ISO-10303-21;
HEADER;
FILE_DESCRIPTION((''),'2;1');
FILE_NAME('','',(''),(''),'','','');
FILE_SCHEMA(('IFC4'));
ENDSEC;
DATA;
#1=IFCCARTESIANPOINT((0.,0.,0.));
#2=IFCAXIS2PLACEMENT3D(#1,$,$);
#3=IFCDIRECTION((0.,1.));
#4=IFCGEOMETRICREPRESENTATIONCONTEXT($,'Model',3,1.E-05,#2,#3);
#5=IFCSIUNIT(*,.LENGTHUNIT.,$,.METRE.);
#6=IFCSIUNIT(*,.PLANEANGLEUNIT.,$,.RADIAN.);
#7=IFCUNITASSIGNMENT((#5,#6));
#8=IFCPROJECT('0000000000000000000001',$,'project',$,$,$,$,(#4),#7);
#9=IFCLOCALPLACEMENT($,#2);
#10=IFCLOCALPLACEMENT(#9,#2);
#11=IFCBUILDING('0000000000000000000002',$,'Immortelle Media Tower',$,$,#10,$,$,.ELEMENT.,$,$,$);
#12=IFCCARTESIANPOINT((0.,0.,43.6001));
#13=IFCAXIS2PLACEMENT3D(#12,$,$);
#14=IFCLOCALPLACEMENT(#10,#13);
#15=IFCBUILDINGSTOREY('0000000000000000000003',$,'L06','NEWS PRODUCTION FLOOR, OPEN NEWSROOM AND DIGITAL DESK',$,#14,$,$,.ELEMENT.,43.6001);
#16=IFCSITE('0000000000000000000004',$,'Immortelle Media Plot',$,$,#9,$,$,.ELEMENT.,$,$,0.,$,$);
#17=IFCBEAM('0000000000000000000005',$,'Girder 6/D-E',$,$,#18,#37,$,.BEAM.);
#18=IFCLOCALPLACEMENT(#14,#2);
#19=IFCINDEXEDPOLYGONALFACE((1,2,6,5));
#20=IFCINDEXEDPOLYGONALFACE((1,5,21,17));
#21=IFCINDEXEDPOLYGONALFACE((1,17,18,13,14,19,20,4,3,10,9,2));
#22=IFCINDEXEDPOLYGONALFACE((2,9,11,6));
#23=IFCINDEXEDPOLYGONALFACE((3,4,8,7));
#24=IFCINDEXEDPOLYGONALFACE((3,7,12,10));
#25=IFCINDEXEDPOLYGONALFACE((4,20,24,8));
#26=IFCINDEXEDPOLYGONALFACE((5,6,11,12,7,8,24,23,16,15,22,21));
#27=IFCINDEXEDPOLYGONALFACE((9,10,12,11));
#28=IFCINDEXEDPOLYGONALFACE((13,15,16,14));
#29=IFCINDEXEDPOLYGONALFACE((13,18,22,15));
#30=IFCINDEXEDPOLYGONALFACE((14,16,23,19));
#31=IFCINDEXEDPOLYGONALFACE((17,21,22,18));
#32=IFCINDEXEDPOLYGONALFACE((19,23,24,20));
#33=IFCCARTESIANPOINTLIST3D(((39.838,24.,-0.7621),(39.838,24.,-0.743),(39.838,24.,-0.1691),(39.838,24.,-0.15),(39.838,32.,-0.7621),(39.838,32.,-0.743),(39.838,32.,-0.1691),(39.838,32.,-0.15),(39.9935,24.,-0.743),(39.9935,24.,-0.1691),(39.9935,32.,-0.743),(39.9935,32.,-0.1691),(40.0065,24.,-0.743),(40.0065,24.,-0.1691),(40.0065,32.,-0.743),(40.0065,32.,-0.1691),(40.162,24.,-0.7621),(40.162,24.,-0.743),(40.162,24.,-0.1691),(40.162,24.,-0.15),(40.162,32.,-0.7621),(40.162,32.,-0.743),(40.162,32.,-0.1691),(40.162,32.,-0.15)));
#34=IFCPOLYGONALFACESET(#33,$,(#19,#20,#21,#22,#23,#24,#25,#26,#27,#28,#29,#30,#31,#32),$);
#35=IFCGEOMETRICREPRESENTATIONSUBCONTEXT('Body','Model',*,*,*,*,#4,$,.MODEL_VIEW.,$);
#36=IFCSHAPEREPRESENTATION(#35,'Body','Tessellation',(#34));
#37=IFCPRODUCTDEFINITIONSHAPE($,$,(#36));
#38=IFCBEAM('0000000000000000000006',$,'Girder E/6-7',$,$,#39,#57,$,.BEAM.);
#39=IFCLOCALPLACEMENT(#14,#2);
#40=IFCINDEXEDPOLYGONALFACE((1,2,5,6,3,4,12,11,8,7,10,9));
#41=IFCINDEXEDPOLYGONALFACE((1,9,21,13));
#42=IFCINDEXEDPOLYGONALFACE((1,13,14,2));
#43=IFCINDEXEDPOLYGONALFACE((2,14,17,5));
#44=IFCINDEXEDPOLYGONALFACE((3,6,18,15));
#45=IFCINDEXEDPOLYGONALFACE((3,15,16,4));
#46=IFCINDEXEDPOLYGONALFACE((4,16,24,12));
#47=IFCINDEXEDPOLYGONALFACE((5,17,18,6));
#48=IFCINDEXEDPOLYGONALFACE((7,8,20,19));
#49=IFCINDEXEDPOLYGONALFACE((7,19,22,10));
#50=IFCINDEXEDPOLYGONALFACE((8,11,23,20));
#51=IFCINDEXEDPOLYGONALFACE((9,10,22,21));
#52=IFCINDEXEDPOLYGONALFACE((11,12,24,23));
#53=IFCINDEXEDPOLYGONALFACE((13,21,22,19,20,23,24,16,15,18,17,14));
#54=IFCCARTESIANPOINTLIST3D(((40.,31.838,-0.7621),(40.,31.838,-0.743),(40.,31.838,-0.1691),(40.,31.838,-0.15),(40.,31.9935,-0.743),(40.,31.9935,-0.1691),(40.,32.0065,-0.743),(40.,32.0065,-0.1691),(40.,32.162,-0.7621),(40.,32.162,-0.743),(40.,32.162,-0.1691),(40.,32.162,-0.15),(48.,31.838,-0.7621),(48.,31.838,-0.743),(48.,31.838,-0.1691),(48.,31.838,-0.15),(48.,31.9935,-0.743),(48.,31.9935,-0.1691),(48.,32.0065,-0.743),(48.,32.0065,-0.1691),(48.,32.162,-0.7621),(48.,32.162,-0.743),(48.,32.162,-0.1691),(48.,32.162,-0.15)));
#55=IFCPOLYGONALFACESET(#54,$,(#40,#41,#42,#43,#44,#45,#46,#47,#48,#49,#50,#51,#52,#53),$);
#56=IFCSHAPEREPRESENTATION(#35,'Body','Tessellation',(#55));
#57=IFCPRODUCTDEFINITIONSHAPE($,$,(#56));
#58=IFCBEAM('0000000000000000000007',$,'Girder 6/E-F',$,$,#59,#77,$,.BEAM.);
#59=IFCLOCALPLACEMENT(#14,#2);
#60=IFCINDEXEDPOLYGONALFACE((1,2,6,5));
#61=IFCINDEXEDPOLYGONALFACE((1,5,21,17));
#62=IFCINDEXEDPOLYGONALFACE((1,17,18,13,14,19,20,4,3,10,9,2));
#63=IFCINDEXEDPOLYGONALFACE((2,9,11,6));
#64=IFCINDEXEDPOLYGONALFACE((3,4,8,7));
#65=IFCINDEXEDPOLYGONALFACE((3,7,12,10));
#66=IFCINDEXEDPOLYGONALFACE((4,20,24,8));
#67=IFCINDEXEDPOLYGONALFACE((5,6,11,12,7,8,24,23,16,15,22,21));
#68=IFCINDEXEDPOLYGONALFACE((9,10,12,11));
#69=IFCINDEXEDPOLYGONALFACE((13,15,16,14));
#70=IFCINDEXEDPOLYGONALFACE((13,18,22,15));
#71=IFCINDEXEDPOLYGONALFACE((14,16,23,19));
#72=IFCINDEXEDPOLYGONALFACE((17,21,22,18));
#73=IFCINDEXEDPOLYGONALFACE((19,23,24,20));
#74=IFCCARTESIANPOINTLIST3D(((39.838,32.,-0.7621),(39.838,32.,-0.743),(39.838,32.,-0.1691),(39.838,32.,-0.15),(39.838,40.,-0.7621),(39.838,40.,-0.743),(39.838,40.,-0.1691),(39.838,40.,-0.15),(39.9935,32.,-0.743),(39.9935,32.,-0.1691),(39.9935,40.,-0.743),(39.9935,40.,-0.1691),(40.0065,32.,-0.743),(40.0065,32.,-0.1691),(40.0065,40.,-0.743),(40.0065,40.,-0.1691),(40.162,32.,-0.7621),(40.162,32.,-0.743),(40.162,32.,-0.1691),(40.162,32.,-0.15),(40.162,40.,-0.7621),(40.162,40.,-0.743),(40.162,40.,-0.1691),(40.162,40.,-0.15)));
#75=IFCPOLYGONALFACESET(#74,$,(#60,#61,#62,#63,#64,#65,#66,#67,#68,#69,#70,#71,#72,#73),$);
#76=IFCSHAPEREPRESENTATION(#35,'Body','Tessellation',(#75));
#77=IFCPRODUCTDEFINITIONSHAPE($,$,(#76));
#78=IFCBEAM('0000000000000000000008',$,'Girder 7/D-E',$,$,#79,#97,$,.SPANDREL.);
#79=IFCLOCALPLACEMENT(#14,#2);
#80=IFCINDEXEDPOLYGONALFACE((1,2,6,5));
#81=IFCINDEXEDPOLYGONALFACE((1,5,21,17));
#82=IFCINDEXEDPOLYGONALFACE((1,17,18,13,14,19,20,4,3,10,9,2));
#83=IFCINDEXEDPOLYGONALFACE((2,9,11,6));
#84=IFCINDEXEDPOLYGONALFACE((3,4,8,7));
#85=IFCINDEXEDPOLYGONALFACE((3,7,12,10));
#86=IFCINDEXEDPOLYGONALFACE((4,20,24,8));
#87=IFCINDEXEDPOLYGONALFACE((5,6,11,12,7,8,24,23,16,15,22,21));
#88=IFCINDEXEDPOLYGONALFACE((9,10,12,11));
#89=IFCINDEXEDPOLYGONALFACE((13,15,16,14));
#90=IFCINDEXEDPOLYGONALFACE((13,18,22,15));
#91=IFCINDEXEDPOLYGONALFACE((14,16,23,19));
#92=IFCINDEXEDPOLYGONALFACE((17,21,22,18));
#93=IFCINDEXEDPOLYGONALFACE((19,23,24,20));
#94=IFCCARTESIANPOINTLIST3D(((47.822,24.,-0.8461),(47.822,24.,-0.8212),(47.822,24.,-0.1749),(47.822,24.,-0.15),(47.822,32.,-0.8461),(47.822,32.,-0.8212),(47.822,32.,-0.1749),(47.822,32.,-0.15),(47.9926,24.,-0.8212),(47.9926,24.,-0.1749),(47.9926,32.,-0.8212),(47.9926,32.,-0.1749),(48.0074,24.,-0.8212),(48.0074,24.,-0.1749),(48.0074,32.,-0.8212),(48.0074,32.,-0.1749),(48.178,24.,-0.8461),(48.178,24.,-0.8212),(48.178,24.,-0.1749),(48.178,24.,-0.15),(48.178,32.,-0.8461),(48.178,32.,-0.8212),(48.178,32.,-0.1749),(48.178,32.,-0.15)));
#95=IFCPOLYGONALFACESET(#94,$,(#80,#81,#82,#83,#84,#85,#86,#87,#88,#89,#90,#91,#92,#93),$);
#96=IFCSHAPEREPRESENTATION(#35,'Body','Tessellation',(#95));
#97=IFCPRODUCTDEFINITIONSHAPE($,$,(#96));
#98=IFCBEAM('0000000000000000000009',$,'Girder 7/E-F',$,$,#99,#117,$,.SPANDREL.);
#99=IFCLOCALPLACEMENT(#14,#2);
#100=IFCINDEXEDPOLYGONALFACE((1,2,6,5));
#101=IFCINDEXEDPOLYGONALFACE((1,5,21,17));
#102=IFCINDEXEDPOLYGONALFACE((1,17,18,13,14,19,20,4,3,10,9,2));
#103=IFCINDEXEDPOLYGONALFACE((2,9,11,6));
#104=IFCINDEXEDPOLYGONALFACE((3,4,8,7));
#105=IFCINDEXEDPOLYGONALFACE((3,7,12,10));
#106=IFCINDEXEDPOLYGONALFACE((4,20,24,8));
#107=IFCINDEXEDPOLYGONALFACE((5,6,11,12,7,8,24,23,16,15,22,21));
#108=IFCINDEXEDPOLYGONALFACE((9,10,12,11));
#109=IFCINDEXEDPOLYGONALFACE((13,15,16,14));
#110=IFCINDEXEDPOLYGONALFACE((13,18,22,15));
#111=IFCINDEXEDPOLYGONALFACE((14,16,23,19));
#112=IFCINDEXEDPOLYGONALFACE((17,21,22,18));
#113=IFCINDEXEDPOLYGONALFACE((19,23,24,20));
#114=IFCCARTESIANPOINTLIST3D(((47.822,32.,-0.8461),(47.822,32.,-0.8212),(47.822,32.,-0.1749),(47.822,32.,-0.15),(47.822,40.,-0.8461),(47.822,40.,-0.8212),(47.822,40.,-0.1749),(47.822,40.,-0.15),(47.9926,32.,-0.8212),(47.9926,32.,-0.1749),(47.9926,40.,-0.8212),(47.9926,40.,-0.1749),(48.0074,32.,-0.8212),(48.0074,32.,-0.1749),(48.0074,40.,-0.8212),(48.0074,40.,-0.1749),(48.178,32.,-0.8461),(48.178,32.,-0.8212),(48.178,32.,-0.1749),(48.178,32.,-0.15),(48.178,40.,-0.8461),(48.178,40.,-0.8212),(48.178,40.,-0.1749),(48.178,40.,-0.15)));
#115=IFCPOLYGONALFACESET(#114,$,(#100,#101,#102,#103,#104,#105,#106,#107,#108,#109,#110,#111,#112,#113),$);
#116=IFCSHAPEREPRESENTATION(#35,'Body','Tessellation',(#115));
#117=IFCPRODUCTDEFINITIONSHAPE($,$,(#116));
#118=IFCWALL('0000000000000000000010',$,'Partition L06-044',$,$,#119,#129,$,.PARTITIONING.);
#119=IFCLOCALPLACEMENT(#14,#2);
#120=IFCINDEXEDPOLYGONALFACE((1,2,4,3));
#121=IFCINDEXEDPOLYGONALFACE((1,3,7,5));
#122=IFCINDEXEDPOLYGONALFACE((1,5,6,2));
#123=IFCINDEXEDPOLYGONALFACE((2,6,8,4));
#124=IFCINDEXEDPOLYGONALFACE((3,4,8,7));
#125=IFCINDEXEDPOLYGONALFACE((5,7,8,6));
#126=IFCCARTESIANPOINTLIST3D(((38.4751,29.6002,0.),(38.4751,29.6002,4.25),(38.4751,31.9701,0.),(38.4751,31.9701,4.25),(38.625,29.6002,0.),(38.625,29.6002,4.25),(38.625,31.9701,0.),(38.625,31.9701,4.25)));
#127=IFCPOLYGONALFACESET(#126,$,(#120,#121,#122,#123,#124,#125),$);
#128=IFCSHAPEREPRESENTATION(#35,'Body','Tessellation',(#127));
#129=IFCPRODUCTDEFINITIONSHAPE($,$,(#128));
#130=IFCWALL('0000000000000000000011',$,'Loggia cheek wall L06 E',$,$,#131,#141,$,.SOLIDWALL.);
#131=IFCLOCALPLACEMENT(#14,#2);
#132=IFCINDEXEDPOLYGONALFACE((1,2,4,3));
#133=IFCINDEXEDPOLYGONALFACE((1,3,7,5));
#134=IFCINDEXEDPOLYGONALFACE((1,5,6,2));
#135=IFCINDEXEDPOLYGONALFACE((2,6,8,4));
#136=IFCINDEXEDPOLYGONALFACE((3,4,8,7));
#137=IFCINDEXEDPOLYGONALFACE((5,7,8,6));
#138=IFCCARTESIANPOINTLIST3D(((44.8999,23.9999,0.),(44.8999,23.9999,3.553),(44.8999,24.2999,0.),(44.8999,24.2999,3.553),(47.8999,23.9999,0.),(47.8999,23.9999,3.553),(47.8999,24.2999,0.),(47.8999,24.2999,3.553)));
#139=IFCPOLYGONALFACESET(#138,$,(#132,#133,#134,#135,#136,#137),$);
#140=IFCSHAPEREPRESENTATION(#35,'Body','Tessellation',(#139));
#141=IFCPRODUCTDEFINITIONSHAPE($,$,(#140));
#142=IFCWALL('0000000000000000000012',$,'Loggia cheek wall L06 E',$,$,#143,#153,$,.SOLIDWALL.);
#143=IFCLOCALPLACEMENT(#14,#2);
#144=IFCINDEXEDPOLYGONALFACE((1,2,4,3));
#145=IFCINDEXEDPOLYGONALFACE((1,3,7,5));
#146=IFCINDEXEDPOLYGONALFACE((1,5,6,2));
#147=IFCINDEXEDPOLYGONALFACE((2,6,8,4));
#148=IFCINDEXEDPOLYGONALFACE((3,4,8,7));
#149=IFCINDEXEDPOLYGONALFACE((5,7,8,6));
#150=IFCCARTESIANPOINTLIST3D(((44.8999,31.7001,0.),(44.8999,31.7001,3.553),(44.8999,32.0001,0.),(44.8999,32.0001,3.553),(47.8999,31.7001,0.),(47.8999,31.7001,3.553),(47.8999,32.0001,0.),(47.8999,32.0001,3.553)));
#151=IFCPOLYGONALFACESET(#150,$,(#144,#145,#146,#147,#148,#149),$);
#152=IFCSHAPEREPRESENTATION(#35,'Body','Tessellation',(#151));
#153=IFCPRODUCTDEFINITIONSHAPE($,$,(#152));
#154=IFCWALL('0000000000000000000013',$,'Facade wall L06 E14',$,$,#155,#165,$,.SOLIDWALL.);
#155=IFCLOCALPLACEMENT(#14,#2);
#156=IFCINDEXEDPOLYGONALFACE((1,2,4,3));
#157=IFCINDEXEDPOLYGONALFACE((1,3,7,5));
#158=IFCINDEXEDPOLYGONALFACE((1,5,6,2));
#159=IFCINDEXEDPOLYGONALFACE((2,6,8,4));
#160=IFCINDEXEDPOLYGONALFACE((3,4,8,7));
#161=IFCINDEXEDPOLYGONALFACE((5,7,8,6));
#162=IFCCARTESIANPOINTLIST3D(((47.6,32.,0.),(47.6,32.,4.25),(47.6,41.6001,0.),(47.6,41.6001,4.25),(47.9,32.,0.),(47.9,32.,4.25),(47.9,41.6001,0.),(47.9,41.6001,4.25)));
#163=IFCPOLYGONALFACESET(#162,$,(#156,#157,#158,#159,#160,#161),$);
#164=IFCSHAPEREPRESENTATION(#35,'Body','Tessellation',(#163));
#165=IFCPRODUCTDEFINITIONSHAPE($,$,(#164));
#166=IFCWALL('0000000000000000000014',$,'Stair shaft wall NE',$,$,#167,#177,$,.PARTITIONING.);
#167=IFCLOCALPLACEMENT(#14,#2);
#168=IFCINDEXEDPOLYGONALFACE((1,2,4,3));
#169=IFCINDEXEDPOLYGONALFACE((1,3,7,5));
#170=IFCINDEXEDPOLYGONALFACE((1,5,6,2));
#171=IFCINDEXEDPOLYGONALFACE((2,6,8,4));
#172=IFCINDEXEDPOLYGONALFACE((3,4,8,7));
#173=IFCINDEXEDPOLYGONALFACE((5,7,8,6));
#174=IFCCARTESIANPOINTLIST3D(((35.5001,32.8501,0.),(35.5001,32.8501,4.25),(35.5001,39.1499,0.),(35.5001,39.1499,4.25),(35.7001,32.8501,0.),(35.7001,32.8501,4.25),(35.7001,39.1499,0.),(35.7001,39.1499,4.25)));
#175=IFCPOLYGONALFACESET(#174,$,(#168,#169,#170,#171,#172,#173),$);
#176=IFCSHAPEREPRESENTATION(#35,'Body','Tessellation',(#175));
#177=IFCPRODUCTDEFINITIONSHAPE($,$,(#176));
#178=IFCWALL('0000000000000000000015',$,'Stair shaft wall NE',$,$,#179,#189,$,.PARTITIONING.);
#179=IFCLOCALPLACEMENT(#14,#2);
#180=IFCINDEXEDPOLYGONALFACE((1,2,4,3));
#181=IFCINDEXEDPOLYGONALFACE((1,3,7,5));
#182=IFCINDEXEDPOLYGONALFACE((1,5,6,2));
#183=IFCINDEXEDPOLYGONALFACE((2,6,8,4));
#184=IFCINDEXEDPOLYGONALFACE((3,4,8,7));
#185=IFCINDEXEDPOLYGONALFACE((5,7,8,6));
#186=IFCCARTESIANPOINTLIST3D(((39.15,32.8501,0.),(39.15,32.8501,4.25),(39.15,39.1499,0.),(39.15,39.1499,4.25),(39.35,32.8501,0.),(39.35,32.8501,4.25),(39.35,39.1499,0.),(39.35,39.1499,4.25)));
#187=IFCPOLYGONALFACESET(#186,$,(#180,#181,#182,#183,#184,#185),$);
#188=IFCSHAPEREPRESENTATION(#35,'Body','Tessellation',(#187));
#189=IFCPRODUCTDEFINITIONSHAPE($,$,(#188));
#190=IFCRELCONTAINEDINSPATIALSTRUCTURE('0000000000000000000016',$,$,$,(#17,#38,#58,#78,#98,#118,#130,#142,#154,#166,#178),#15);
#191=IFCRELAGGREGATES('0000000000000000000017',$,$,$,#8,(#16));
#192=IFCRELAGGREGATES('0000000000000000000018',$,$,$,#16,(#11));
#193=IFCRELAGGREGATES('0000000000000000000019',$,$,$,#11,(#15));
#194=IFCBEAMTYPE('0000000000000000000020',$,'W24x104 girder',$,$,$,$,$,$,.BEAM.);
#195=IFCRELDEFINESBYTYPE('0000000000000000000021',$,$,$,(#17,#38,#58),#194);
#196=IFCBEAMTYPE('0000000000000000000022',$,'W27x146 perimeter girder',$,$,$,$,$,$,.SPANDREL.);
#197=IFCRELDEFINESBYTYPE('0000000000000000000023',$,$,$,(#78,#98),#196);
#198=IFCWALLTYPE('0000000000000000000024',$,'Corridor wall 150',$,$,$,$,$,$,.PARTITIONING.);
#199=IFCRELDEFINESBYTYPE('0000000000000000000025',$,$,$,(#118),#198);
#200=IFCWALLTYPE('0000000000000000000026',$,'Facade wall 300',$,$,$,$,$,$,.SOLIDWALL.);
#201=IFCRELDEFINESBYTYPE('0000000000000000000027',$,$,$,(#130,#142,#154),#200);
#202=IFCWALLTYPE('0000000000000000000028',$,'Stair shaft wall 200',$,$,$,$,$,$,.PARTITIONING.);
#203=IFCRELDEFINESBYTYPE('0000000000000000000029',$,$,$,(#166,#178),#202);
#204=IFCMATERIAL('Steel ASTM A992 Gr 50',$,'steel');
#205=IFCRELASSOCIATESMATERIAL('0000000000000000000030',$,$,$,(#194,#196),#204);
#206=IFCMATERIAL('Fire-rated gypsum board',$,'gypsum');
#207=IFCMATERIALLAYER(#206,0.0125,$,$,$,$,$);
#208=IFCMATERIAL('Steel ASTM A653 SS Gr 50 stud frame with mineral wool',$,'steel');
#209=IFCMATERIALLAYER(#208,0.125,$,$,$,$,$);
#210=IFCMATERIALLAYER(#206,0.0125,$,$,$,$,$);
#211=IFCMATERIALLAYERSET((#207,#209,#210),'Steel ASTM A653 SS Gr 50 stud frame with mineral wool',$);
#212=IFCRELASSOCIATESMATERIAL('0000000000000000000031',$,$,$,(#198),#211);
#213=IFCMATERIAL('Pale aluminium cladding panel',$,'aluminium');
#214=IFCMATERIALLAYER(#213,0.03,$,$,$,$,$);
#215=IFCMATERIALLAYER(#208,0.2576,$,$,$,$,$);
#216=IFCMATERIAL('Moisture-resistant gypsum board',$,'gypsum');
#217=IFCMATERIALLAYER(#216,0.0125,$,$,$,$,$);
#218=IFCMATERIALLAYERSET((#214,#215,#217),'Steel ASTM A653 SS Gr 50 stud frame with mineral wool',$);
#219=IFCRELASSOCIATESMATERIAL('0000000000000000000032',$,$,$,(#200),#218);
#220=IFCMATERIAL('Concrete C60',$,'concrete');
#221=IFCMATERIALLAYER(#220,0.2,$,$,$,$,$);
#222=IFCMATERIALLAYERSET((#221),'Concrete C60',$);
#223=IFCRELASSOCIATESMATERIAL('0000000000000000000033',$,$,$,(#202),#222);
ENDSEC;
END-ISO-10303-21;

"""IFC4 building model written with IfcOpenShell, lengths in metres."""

from ifc_helpers import new_model, si_unit, direction, frame, frame_2d, origin, origin_2d, place, context, subcontext, project, spatial, rectangle, i_section, extrude, material, layer, layer_set, material_profile, profile_set, type_object, element, save


model = new_model("IFC4")

# Units and contexts
model_context = context("Model", 3, precision=1e-05, world=origin(), true_north=direction((0.0, 1.0)))
body_context = subcontext(model_context, "Body", "Model", "MODEL_VIEW")
ifc_project = project(units=[si_unit("LENGTHUNIT", "METRE"), si_unit("PLANEANGLEUNIT", "RADIAN")], contexts=[model_context])

# Site, building, storey
site_placement = place(None, origin())
site = spatial("IfcSite", under=ifc_project, at=site_placement, Name="Immortelle Media Plot", CompositionType="ELEMENT", RefElevation=0.0)
building_placement = place(site_placement, origin())
building = spatial("IfcBuilding", under=site, at=building_placement, Name="Immortelle Media Tower", CompositionType="ELEMENT")
storey_placement = place(building_placement, frame((0.0, 0.0, 43.6001)))
storey = spatial("IfcBuildingStorey", under=building, at=storey_placement, Name="L06", Description="NEWS PRODUCTION FLOOR, OPEN NEWSROOM AND DIGITAL DESK", CompositionType="ELEMENT", Elevation=43.6001)

# Shared definitions
ifc_material_1 = material(Name="Steel ASTM A992 Gr 50", Category="steel")

# Beams
ifc_material_profile_1 = material_profile(ifc_material_1, i_section(OverallWidth=0.324, OverallDepth=0.6121, WebThickness=0.0129, FlangeThickness=0.019, at=origin_2d()), Name="W24x104")
ifc_profile_set_1 = profile_set([ifc_material_profile_1], Name="Steel ASTM A992 Gr 50")
beam_type_1 = type_object("IfcBeamType", Name="W24x104 girder", PredefinedType="BEAM", material=ifc_profile_set_1)
for number, where, z_axis, x_axis, name in (
    (1, (40.0, 24.0, -0.4561), (0.0, 1.0, 0.0), (-1.0, 0.0, 0.0), "Girder 6/D-E"),
    (2, (40.0, 32.0, -0.4561), (1.0, 0.0, 0.0), (0.0, 1.0, 0.0), "Girder E/6-7"),
    (3, (40.0, 32.0, -0.4561), (0.0, 1.0, 0.0), (-1.0, 0.0, 0.0), "Girder 6/E-F"),
):
    element("IfcBeam", number, at=place(storey_placement, frame(where, z_axis=z_axis, x_axis=x_axis)), inside=storey, type_object=beam_type_1, Name=name, PredefinedType="BEAM", context=body_context, shape_type="SweptSolid", body=[
        extrude(i_section(OverallWidth=0.324, OverallDepth=0.6121, WebThickness=0.0129, FlangeThickness=0.019, at=origin_2d()), origin(), (0.0, 0.0, 1.0), 8.0),
    ])
ifc_material_profile_2 = material_profile(ifc_material_1, i_section(OverallWidth=0.356, OverallDepth=0.696, WebThickness=0.0149, FlangeThickness=0.0249, at=origin_2d()), Name="W27x146")
ifc_profile_set_2 = profile_set([ifc_material_profile_2], Name="Steel ASTM A992 Gr 50")
beam_type_2 = type_object("IfcBeamType", Name="W27x146 perimeter girder", PredefinedType="SPANDREL", material=ifc_profile_set_2)
for number, where, z_axis, x_axis, name in (
    (4, (48.0, 24.0, -0.498), (0.0, 1.0, 0.0), (-1.0, 0.0, 0.0), "Girder 7/D-E"),
    (5, (48.0, 32.0, -0.498), (0.0, 1.0, 0.0), (-1.0, 0.0, 0.0), "Girder 7/E-F"),
):
    element("IfcBeam", number, at=place(storey_placement, frame(where, z_axis=z_axis, x_axis=x_axis)), inside=storey, type_object=beam_type_2, Name=name, PredefinedType="SPANDREL", context=body_context, shape_type="SweptSolid", body=[
        extrude(i_section(OverallWidth=0.356, OverallDepth=0.696, WebThickness=0.0149, FlangeThickness=0.0249, at=origin_2d()), origin(), (0.0, 0.0, 1.0), 8.0),
    ])

# Wall
ifc_material_2 = material(Name="Fire-rated gypsum board", Category="gypsum")
ifc_layer_1 = layer(ifc_material_2, 0.0125)
ifc_material_3 = material(Name="Steel ASTM A653 SS Gr 50 stud frame with mineral wool", Category="steel")
ifc_layer_2 = layer(ifc_material_3, 0.125)
ifc_layer_3 = layer(ifc_material_2, 0.0125)
ifc_layer_set_1 = layer_set([ifc_layer_1, ifc_layer_2, ifc_layer_3], Name="Steel ASTM A653 SS Gr 50 stud frame with mineral wool")
wall_type_1 = type_object("IfcWallType", Name="Corridor wall 150", PredefinedType="PARTITIONING", material=ifc_layer_set_1)
wall_1_placement = place(storey_placement, frame((38.55, 29.6001, 0.0), z_axis=(0.0, 0.0, 1.0), x_axis=(0.0, 1.0, 0.0)))
element("IfcWall", 6, at=wall_1_placement, inside=storey, type_object=wall_type_1, Name="Partition L06-044", PredefinedType="PARTITIONING", context=body_context, shape_type="SweptSolid", body=[
    extrude(rectangle(XDim=2.3699, YDim=0.1499, at=frame_2d((1.1851, 0.0))), origin(), (0.0, 0.0, 1.0), 4.25),
])

# Shared definitions
ifc_material_4 = material(Name="Pale aluminium cladding panel", Category="aluminium")
ifc_layer_4 = layer(ifc_material_4, 0.03)
ifc_layer_5 = layer(ifc_material_3, 0.2576)
ifc_material_5 = material(Name="Moisture-resistant gypsum board", Category="gypsum")
ifc_layer_6 = layer(ifc_material_5, 0.0125)
ifc_layer_set_2 = layer_set([ifc_layer_4, ifc_layer_5, ifc_layer_6], Name="Steel ASTM A653 SS Gr 50 stud frame with mineral wool")
wall_type_2 = type_object("IfcWallType", Name="Facade wall 300", PredefinedType="SOLIDWALL", material=ifc_layer_set_2)

# Walls
for number, where, z_axis, x_axis, name in (
    (7, (47.8999, 24.1499, 0.0), (0.0, 0.0, 1.0), (-1.0, 0.0, 0.0), "Loggia cheek wall L06 E"),
    (8, (47.8999, 31.8501, 0.0), (0.0, 0.0, 1.0), (-1.0, 0.0, 0.0), "Loggia cheek wall L06 E"),
):
    element("IfcWall", number, at=place(storey_placement, frame(where, z_axis=z_axis, x_axis=x_axis)), inside=storey, type_object=wall_type_2, Name=name, PredefinedType="SOLIDWALL", context=body_context, shape_type="SweptSolid", body=[
        extrude(rectangle(XDim=3.0, YDim=0.3, at=frame_2d((1.5, 0.0))), origin(), (0.0, 0.0, 1.0), 3.553),
    ])
wall_2_placement = place(storey_placement, frame((47.75, 32.0, 0.0), z_axis=(0.0, 0.0, 1.0), x_axis=(0.0, 1.0, 0.0)))
element("IfcWall", 9, at=wall_2_placement, inside=storey, type_object=wall_type_2, Name="Facade wall L06 E14", PredefinedType="SOLIDWALL", context=body_context, shape_type="SweptSolid", body=[
    extrude(rectangle(XDim=9.6001, YDim=0.3, at=frame_2d((4.8, 0.0))), origin(), (0.0, 0.0, 1.0), 4.25),
])
ifc_material_6 = material(Name="Concrete C60", Category="concrete")
ifc_layer_7 = layer(ifc_material_6, 0.2)
ifc_layer_set_3 = layer_set([ifc_layer_7], Name="Concrete C60")
wall_type_3 = type_object("IfcWallType", Name="Stair shaft wall 200", PredefinedType="PARTITIONING", material=ifc_layer_set_3)
for number, where, z_axis, x_axis, name in (
    (10, (35.6001, 32.8501, 0.0), (0.0, 0.0, 1.0), (0.0, 1.0, 0.0), "Stair shaft wall NE"),
    (11, (39.25, 32.8501, 0.0), (0.0, 0.0, 1.0), (0.0, 1.0, 0.0), "Stair shaft wall NE"),
):
    element("IfcWall", number, at=place(storey_placement, frame(where, z_axis=z_axis, x_axis=x_axis)), inside=storey, type_object=wall_type_3, Name=name, PredefinedType="PARTITIONING", context=body_context, shape_type="SweptSolid", body=[
        extrude(rectangle(XDim=6.2998, YDim=0.2, at=frame_2d((3.1499, 0.0))), origin(), (0.0, 0.0, 1.0), 4.25),
    ])

save(model, "model.ifc")
